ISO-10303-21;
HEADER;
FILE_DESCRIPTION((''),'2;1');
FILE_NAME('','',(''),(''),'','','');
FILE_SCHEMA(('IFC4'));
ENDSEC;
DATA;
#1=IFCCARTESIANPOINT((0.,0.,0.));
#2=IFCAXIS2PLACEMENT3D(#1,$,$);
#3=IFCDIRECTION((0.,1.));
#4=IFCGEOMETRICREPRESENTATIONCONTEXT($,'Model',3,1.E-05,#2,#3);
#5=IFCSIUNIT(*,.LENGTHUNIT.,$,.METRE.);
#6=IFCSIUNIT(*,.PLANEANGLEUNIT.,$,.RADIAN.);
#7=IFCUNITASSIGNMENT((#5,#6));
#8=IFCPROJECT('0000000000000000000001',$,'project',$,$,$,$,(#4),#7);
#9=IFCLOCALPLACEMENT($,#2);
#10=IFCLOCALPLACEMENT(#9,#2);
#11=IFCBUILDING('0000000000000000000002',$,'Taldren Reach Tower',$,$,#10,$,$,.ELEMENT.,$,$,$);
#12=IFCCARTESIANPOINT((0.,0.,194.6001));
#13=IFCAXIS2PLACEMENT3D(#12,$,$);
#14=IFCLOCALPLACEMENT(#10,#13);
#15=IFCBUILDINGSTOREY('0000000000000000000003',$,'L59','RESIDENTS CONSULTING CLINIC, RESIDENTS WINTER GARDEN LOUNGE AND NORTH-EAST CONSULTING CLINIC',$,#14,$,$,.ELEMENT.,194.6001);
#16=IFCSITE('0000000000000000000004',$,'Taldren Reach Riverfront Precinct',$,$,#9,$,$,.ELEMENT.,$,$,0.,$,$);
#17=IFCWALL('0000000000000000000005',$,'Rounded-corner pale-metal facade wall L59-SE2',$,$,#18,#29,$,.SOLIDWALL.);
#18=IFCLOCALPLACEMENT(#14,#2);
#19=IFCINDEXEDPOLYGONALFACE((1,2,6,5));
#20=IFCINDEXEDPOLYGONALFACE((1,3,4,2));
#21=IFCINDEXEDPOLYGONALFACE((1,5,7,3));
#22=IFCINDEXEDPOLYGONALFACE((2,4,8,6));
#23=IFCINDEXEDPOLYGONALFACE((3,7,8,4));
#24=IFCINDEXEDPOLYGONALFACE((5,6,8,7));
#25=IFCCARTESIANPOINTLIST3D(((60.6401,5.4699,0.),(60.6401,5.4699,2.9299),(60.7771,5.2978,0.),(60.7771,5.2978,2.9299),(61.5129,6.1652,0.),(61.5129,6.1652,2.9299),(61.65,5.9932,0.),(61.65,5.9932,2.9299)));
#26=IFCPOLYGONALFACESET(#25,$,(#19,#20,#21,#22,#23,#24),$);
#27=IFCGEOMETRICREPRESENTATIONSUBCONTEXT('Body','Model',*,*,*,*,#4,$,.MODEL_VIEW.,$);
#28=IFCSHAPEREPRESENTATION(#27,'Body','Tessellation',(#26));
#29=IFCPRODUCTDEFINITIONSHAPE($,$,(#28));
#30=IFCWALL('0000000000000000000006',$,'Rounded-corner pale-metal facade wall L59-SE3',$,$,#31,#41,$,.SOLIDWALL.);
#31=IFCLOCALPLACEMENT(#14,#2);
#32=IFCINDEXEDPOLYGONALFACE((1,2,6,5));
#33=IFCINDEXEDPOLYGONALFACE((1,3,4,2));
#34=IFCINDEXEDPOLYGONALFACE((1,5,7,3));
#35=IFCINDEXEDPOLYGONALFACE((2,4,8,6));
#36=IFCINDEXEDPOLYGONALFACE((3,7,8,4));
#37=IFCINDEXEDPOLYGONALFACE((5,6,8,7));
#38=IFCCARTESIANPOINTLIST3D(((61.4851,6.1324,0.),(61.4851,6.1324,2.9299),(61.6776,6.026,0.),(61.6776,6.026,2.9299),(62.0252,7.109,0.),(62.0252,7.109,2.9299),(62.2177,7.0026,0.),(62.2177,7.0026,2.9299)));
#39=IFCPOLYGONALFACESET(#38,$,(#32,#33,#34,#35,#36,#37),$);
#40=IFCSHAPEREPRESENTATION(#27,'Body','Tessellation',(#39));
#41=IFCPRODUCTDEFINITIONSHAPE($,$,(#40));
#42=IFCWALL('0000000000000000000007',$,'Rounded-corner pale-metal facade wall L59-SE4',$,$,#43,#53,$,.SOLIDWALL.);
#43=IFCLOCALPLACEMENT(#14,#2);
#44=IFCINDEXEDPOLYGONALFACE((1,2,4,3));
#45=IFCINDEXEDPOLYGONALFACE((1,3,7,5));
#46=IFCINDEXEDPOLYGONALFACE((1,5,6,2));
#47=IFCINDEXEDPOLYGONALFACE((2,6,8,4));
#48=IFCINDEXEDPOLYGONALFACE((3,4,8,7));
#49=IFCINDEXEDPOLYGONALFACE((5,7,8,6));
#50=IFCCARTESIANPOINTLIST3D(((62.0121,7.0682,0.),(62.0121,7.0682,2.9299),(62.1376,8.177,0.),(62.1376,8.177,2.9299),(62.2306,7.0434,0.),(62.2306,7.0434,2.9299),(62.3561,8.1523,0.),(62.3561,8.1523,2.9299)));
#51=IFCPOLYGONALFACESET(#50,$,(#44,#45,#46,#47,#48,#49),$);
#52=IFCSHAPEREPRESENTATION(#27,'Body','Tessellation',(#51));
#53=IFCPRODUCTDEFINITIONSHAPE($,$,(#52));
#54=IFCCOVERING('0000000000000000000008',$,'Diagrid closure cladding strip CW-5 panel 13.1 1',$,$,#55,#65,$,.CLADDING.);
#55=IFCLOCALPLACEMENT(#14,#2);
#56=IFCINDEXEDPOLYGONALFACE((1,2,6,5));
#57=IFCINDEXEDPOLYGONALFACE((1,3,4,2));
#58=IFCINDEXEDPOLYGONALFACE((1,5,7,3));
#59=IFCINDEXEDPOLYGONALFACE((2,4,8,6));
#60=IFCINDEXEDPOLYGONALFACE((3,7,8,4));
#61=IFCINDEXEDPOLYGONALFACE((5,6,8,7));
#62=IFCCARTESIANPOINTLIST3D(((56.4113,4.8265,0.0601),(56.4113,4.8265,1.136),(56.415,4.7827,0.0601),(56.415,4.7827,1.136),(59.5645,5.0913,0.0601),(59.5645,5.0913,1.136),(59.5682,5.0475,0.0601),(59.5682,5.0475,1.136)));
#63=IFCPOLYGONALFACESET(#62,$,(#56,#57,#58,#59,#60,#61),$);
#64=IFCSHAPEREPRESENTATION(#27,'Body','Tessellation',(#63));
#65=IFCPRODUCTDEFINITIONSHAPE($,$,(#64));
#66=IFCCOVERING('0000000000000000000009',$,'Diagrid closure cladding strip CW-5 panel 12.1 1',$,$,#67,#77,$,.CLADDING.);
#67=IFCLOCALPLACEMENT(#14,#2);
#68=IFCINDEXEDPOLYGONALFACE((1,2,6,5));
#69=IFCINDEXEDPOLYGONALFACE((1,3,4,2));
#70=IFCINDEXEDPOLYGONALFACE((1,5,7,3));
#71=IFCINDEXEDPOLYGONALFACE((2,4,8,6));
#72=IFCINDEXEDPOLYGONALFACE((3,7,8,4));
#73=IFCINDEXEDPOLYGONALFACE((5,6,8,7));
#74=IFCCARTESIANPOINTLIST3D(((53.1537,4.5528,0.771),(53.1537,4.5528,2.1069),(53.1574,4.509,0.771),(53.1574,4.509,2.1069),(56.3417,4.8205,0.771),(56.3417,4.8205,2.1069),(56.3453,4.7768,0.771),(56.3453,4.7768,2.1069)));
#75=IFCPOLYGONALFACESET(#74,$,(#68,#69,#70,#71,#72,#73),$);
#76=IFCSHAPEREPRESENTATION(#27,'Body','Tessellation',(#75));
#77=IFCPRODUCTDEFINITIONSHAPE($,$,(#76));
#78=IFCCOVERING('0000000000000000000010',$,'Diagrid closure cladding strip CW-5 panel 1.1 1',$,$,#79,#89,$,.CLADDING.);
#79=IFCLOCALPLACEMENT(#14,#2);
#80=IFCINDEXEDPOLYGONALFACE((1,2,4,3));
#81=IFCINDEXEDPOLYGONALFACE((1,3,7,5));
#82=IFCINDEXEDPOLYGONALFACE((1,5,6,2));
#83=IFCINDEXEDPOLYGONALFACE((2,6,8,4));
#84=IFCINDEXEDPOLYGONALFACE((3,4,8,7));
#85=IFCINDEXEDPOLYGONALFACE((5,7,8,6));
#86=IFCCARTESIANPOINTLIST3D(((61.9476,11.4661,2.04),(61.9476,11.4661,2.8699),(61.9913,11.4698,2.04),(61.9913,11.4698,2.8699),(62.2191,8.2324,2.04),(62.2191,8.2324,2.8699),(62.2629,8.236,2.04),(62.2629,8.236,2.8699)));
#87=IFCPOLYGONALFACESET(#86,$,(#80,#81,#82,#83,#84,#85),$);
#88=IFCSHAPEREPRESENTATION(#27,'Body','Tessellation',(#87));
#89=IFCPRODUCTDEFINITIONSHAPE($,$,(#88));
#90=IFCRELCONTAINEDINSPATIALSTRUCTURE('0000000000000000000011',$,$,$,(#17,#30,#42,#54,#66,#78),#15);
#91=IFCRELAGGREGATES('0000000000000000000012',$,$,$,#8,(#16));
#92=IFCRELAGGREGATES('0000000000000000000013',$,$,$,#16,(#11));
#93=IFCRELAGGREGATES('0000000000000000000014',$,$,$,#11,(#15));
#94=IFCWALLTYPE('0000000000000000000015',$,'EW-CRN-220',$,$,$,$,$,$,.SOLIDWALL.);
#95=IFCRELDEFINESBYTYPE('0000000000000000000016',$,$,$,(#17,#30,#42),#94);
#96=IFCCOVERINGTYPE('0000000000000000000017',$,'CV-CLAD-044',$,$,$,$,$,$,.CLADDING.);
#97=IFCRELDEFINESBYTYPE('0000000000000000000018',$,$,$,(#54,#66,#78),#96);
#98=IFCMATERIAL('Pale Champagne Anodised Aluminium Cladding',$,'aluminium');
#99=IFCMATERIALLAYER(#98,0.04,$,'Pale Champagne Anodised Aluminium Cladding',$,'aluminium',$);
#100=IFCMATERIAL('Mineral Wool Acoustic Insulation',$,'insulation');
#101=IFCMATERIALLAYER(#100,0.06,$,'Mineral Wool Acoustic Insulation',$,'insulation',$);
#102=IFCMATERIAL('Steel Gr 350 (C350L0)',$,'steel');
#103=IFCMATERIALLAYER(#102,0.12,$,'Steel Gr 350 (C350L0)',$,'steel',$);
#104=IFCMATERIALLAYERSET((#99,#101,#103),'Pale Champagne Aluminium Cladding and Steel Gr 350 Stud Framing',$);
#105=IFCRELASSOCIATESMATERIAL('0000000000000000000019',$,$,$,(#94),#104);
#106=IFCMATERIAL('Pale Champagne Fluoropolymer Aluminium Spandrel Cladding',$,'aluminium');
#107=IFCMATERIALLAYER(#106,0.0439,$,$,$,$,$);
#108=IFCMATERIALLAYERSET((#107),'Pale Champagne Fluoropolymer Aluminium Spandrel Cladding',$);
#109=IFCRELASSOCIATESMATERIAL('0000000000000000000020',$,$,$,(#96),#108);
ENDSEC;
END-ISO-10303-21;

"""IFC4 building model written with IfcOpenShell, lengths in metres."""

from ifc_helpers import new_model, si_unit, direction, frame, frame_2d, origin, origin_2d, place, context, subcontext, project, spatial, rectangle, extrude, source, transform, mapped, material, layer, layer_set, type_object, element, save


model = new_model("IFC4")

# Units and contexts
model_context = context("Model", 3, precision=1e-05, world=origin(), true_north=direction((0.0, 1.0)))
body_context = subcontext(model_context, "Body", "Model", "MODEL_VIEW")
ifc_project = project(units=[si_unit("LENGTHUNIT", "METRE"), si_unit("PLANEANGLEUNIT", "RADIAN")], contexts=[model_context])

# Site, building, storey
site_placement = place(None, origin())
site = spatial("IfcSite", under=ifc_project, at=site_placement, Name="Taldren Reach Riverfront Precinct", CompositionType="ELEMENT", RefElevation=0.0)
building_placement = place(site_placement, origin())
building = spatial("IfcBuilding", under=site, at=building_placement, Name="Taldren Reach Tower", CompositionType="ELEMENT")
storey_placement = place(building_placement, frame((0.0, 0.0, 194.6001)))
storey = spatial("IfcBuildingStorey", under=building, at=storey_placement, Name="L59", Description="RESIDENTS CONSULTING CLINIC, RESIDENTS WINTER GARDEN LOUNGE AND NORTH-EAST CONSULTING CLINIC", CompositionType="ELEMENT", Elevation=194.6001)

# Shared definitions
ifc_material_1 = material(Name="Steel Gr 350 (C350L0)", Category="steel")

# Walls
ifc_material_2 = material(Name="Pale Champagne Anodised Aluminium Cladding", Category="aluminium")
ifc_layer_1 = layer(ifc_material_2, 0.04, Name="Pale Champagne Anodised Aluminium Cladding", Category="aluminium")
ifc_material_3 = material(Name="Mineral Wool Acoustic Insulation", Category="insulation")
ifc_layer_2 = layer(ifc_material_3, 0.06, Name="Mineral Wool Acoustic Insulation", Category="insulation")
ifc_layer_3 = layer(ifc_material_1, 0.12, Name="Steel Gr 350 (C350L0)", Category="steel")
ifc_layer_set_1 = layer_set([ifc_layer_1, ifc_layer_2, ifc_layer_3], Name="Pale Champagne Aluminium Cladding and Steel Gr 350 Stud Framing")
wall_type = type_object("IfcWallType", Name="EW-CRN-220", PredefinedType="SOLIDWALL", material=ifc_layer_set_1)
shared_shape_1 = source(origin(), body_context, "Body", "SweptSolid", [
    extrude(rectangle(XDim=1.116, YDim=0.22, at=frame_2d((0.5581, 0.0))), origin(), (0.0, 0.0, 1.0), 2.9299),
])
for number, where, z_axis, x_axis, name in (
    (1, (60.7085, 5.3838, 0.0), (0.0, 0.0, 1.0), (0.782148, 0.623093, 0.0), "Rounded-corner pale-metal facade wall L59-SE2"),
    (2, (61.5813, 6.0791, 0.0), (0.0, 0.0, 1.0), (0.483933, 0.875105, 0.0), "Rounded-corner pale-metal facade wall L59-SE3"),
    (3, (62.1213, 7.0557, 0.0), (0.0, 0.0, 1.0), (0.112448, 0.993658, 0.0), "Rounded-corner pale-metal facade wall L59-SE4"),
):
    element("IfcWall", number, at=place(storey_placement, frame(where, z_axis=z_axis, x_axis=x_axis)), inside=storey, type_object=wall_type, Name=name, PredefinedType="SOLIDWALL", context=body_context, shape_type="MappedRepresentation", body=[
        mapped(shared_shape_1, transform((0.0, 0.0, 0.0), scale=1.0)),
    ])

# Coverings
ifc_material_4 = material(Name="Pale Champagne Fluoropolymer Aluminium Spandrel Cladding", Category="aluminium")
ifc_layer_4 = layer(ifc_material_4, 0.0439)
ifc_layer_set_2 = layer_set([ifc_layer_4], Name="Pale Champagne Fluoropolymer Aluminium Spandrel Cladding")
covering_type = type_object("IfcCoveringType", Name="CV-CLAD-044", PredefinedType="CLADDING", material=ifc_layer_set_2)
shared_shape_2 = source(origin(), body_context, "Body", "SweptSolid", [
    extrude(rectangle(XDim=3.1643, YDim=0.0439, at=origin_2d()), origin(), (0.0, 0.0, 1.0), 1.0759),
])
covering_1_placement = place(storey_placement, frame((57.9897, 4.937, 0.0601), z_axis=(0.0, 0.0, 1.0), x_axis=(0.996493, 0.083678, 0.0)))
element("IfcCovering", 4, at=covering_1_placement, inside=storey, type_object=covering_type, Name="Diagrid closure cladding strip CW-5 panel 13.1 1", PredefinedType="CLADDING", context=body_context, shape_type="MappedRepresentation", body=[
    mapped(shared_shape_2, transform((0.0, 0.0, 0.0), scale=1.0)),
])
shared_shape_3 = source(origin(), body_context, "Body", "SweptSolid", [
    extrude(rectangle(XDim=3.1992, YDim=0.0439, at=origin_2d()), origin(), (0.0, 0.0, 1.0), 1.3359),
])
covering_2_placement = place(storey_placement, frame((54.7495, 4.6648, 0.771), z_axis=(0.0, 0.0, 1.0), x_axis=(0.996493, 0.083678, 0.0)))
element("IfcCovering", 5, at=covering_2_placement, inside=storey, type_object=covering_type, Name="Diagrid closure cladding strip CW-5 panel 12.1 1", PredefinedType="CLADDING", context=body_context, shape_type="MappedRepresentation", body=[
    mapped(shared_shape_3, transform((0.0, 0.0, 0.0), scale=1.0)),
])
shared_shape_4 = source(origin(), body_context, "Body", "SweptSolid", [
    extrude(rectangle(XDim=3.2451, YDim=0.0439, at=origin_2d()), origin(), (0.0, 0.0, 1.0), 0.8298),
])
covering_3_placement = place(storey_placement, frame((62.1052, 9.8511, 2.04), z_axis=(0.0, 0.0, 1.0), x_axis=(-0.083678, 0.996493, 0.0)))
element("IfcCovering", 6, at=covering_3_placement, inside=storey, type_object=covering_type, Name="Diagrid closure cladding strip CW-5 panel 1.1 1", PredefinedType="CLADDING", context=body_context, shape_type="MappedRepresentation", body=[
    mapped(shared_shape_4, transform((0.0, 0.0, 0.0), scale=1.0)),
])

save(model, "model.ifc")
